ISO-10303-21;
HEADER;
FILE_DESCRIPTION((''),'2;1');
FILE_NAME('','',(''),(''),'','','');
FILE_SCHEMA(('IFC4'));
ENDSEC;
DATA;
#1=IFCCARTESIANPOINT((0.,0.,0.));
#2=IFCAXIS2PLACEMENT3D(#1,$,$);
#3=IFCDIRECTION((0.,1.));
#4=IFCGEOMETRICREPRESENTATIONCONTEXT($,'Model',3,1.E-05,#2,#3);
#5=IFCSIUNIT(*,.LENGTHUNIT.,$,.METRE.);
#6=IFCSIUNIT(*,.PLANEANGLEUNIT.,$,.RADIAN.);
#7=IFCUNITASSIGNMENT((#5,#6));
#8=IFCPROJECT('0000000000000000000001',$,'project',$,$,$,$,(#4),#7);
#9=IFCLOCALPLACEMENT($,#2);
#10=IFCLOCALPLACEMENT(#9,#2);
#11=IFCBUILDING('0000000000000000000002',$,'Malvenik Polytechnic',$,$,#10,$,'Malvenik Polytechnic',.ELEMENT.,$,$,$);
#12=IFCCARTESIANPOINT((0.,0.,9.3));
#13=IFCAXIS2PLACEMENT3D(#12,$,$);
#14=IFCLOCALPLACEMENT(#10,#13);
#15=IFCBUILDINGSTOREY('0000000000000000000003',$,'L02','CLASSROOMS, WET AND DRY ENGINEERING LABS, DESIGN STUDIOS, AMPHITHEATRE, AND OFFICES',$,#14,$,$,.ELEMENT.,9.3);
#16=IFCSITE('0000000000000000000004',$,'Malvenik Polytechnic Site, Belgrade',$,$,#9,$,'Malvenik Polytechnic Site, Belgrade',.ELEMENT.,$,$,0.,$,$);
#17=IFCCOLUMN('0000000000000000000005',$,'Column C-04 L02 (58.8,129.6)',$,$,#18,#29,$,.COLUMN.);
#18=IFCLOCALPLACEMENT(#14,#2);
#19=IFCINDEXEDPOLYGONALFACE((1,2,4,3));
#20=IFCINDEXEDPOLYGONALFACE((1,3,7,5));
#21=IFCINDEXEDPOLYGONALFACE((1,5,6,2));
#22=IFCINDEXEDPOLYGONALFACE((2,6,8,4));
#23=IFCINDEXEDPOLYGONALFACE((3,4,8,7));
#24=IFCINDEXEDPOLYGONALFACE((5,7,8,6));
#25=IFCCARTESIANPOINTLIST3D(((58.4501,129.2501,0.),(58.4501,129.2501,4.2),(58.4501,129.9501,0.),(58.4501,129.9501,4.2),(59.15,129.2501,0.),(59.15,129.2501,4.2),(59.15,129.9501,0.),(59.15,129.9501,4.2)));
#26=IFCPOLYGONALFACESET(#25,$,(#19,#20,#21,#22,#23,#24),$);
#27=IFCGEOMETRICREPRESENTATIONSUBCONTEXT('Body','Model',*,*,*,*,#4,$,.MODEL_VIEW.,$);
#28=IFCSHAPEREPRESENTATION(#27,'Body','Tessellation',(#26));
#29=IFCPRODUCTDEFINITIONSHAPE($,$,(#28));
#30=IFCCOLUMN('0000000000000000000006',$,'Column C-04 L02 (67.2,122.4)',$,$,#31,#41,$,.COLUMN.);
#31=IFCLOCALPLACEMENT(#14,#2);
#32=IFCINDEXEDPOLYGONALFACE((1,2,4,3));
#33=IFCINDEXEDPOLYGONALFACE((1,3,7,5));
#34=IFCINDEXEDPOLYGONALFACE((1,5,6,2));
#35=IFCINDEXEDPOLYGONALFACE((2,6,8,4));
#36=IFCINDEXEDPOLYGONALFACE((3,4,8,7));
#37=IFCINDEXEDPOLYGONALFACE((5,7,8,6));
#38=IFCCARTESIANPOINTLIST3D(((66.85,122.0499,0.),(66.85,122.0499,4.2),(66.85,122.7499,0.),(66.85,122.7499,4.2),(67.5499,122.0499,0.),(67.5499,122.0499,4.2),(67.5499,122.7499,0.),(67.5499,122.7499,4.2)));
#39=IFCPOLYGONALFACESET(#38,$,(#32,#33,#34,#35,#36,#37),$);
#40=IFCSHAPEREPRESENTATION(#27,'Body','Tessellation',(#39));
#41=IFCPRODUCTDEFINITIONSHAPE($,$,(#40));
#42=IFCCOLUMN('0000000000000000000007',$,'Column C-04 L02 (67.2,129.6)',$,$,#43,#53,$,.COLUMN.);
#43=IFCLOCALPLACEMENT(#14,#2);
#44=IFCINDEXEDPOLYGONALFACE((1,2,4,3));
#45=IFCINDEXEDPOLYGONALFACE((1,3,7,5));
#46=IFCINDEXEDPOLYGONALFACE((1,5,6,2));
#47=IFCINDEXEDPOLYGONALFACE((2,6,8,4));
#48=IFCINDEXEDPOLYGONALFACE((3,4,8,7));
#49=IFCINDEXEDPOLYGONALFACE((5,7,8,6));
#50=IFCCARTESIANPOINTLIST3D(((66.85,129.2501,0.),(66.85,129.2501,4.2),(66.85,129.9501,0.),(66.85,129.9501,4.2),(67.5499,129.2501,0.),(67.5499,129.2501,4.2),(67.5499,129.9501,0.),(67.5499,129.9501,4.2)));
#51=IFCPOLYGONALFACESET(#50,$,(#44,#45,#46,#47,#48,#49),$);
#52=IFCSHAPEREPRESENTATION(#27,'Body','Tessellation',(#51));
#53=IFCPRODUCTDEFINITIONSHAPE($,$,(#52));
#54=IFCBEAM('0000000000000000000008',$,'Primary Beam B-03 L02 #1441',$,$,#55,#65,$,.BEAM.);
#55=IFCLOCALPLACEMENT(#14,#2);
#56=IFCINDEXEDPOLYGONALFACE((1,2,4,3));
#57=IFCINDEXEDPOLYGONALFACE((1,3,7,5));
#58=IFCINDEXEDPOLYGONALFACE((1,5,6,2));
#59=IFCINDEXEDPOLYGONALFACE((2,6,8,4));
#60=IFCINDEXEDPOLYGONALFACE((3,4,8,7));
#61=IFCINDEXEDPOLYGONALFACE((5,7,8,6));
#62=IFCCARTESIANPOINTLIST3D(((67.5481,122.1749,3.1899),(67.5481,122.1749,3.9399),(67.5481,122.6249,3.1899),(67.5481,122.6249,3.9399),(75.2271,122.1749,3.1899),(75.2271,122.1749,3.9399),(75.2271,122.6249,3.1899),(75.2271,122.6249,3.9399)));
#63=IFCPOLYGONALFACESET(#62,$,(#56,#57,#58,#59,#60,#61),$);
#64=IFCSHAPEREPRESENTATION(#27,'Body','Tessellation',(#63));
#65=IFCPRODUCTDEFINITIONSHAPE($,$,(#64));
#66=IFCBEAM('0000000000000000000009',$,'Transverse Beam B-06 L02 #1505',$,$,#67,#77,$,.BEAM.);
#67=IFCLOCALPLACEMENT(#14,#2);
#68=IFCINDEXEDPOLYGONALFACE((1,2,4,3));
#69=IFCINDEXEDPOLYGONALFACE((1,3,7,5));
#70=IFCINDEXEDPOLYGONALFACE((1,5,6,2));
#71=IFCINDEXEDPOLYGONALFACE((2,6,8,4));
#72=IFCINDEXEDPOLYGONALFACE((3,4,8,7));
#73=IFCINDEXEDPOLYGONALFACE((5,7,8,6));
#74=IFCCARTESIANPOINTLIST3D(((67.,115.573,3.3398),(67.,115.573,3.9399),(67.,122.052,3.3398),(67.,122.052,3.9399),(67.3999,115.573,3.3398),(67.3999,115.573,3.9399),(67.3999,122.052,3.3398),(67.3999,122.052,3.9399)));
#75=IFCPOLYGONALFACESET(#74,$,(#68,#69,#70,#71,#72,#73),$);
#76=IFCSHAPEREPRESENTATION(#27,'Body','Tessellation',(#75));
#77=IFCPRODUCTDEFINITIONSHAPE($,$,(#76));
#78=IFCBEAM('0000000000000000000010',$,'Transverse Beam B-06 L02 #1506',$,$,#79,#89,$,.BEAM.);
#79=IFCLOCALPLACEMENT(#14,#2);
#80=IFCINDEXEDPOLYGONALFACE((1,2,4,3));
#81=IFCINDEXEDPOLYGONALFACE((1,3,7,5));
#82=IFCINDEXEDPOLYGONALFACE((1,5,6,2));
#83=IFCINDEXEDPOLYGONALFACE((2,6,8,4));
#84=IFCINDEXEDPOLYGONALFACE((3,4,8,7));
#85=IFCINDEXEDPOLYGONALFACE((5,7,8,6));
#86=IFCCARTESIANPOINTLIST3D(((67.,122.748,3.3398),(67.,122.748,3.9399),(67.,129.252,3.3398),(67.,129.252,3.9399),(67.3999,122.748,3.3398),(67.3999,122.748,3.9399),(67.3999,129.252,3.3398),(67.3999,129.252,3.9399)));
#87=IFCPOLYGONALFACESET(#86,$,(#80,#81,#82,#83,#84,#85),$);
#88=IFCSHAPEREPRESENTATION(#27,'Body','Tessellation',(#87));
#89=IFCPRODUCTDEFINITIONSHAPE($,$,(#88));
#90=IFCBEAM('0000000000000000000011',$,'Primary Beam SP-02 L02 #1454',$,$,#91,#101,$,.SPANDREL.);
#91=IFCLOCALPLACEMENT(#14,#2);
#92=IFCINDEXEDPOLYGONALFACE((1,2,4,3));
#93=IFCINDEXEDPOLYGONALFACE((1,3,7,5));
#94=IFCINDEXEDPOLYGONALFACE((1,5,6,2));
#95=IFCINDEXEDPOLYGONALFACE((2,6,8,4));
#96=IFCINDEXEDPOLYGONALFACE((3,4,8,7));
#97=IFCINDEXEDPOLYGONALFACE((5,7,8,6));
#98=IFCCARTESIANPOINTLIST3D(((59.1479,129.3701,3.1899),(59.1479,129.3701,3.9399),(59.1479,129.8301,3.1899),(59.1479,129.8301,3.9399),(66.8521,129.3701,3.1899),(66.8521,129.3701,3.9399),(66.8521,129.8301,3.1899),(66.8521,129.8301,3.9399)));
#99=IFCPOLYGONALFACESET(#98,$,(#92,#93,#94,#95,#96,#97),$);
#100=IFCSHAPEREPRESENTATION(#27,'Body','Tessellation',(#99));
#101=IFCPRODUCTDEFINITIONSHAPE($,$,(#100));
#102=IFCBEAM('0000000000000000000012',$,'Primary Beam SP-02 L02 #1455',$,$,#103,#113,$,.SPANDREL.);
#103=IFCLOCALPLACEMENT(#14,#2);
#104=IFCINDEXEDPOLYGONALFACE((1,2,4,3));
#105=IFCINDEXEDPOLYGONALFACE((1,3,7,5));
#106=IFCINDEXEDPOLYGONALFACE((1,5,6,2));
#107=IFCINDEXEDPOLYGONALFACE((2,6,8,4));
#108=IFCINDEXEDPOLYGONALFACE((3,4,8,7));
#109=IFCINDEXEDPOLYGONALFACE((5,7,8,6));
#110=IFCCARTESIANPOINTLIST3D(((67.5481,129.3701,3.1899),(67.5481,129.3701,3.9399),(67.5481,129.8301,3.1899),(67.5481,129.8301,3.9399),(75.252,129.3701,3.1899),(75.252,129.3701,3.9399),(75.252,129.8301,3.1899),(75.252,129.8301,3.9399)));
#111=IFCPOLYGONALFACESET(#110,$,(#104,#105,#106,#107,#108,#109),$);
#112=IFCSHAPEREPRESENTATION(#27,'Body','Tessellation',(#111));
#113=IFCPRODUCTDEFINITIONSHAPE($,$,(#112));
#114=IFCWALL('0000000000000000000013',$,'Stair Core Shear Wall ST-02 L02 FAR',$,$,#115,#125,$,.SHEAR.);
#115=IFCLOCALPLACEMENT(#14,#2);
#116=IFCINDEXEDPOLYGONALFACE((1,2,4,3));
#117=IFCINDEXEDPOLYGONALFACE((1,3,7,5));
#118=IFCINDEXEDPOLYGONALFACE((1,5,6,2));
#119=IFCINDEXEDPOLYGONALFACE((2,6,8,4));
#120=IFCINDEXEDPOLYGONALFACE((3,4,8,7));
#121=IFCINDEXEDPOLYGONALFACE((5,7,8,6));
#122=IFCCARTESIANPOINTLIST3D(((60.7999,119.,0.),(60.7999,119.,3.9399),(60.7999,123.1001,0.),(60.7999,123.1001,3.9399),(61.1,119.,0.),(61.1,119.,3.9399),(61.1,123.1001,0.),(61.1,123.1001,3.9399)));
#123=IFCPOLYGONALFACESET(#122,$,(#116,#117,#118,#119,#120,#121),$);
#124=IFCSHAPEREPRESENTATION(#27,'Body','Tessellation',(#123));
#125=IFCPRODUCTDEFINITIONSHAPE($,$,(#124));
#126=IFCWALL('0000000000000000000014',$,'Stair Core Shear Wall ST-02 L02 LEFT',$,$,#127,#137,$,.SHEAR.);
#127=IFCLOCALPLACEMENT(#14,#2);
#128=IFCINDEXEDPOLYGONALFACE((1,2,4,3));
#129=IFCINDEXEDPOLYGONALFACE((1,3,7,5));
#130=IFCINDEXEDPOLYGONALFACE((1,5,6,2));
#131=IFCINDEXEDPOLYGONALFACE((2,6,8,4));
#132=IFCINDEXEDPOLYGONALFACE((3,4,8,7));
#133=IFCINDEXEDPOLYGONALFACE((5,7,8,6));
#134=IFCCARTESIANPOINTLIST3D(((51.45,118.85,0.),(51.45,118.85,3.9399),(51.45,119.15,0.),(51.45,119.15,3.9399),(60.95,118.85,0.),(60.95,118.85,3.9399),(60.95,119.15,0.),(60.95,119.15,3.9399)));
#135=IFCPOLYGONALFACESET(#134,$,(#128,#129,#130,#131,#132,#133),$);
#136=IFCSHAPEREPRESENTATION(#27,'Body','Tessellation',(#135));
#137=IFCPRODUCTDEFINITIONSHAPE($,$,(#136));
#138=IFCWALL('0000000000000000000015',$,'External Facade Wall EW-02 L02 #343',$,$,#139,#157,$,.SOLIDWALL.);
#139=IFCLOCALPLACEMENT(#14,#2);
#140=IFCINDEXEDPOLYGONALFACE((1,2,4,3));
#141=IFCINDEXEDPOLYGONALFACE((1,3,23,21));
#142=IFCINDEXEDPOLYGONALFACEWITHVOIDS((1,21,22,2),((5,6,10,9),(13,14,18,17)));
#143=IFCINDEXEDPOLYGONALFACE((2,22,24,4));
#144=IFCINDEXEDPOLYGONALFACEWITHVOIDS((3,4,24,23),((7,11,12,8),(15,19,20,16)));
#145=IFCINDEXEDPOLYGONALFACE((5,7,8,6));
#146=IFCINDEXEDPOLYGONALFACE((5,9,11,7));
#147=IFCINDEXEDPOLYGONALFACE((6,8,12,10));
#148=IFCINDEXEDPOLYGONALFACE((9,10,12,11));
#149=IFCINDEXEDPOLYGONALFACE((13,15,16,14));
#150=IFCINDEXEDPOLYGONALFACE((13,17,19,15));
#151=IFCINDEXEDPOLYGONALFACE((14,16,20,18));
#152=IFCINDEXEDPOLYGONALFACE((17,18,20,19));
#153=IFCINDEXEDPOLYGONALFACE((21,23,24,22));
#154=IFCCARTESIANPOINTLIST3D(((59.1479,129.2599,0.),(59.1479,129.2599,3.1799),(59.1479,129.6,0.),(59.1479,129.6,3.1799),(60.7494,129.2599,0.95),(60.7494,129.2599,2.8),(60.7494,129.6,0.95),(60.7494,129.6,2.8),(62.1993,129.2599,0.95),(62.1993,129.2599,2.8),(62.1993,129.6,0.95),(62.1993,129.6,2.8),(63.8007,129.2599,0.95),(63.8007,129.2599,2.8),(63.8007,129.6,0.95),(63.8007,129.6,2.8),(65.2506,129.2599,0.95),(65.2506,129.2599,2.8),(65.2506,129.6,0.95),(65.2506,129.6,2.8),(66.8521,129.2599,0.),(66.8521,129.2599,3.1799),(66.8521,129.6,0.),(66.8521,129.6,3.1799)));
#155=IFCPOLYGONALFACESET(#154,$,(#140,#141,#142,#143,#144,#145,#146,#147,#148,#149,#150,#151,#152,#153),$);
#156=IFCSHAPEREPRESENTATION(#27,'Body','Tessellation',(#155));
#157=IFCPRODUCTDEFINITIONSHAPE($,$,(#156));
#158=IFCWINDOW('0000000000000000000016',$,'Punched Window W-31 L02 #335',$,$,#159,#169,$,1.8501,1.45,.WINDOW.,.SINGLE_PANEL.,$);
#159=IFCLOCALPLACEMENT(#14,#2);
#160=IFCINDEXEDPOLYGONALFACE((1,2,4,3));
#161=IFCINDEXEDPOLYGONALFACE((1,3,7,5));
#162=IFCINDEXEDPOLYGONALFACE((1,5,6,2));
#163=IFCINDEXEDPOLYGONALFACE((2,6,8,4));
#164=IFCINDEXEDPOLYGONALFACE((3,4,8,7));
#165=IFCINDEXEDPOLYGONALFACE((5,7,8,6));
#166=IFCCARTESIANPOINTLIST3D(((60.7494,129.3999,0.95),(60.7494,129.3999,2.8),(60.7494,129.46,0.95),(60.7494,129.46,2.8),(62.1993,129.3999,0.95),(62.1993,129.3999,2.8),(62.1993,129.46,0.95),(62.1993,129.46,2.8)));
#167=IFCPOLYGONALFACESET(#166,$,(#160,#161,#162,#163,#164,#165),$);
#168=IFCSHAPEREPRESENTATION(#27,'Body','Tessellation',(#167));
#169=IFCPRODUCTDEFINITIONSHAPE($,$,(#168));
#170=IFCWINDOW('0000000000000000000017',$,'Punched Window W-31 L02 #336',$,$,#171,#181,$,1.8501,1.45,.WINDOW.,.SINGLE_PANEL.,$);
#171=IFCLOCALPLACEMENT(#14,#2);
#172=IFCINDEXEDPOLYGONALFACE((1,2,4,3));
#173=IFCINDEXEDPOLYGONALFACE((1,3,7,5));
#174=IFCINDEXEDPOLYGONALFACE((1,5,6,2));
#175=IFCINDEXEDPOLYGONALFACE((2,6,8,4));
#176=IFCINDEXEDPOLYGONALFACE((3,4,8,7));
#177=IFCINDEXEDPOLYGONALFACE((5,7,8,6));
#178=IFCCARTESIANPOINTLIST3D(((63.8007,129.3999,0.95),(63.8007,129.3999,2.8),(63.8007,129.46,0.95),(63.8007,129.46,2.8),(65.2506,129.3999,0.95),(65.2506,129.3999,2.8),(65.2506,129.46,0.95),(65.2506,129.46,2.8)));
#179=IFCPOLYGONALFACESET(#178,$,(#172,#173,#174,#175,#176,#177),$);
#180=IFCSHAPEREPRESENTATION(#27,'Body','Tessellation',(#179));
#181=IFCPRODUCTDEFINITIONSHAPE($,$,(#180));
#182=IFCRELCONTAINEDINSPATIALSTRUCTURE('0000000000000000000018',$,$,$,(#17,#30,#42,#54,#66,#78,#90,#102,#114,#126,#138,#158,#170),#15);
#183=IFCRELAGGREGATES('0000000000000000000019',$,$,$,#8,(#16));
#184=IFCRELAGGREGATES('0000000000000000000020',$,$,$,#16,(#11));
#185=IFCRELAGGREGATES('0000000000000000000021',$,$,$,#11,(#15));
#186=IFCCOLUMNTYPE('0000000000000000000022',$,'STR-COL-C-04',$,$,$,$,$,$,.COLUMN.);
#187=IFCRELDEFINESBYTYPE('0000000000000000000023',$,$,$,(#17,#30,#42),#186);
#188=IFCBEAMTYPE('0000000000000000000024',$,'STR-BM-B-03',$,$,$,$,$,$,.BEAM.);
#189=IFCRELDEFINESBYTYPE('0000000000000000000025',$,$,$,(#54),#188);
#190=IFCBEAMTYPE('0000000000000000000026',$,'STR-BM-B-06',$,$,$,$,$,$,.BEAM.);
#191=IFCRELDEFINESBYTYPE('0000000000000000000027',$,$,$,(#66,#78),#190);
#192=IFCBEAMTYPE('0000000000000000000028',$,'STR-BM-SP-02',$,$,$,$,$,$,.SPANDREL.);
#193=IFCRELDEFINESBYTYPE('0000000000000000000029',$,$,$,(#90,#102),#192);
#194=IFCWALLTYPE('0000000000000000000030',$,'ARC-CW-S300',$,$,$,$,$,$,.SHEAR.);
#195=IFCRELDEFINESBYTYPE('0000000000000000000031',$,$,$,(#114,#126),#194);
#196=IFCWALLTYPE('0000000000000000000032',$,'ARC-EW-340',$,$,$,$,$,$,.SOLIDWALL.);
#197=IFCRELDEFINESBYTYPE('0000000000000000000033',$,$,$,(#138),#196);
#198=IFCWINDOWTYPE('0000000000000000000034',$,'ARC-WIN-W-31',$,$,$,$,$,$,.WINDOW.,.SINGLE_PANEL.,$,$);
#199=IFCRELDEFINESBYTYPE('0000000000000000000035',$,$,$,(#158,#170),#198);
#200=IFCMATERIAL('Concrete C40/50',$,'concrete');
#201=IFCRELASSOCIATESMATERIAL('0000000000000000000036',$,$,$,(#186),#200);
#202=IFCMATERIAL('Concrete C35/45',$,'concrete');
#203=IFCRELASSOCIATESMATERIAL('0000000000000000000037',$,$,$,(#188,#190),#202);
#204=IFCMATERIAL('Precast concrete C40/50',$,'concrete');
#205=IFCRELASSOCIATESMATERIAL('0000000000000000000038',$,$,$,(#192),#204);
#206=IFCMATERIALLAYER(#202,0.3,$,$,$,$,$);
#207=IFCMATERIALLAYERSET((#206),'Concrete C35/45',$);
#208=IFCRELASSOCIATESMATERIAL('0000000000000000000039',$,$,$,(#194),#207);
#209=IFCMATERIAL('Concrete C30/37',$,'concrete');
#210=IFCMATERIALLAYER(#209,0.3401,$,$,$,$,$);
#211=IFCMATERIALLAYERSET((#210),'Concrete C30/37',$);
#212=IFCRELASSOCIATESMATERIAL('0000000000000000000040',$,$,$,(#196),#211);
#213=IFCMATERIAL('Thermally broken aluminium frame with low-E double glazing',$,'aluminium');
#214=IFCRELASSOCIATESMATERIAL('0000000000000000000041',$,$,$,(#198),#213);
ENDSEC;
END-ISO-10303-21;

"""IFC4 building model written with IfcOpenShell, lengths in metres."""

from ifc_helpers import new_model, si_unit, direction, frame, frame_2d, origin, origin_2d, place, context, subcontext, project, spatial, rectangle, extrude, material, layer, layer_set, material_profile, profile_set, type_object, element, fill, save


model = new_model("IFC4")

# Units and contexts
model_context = context("Model", 3, precision=1e-05, world=origin(), true_north=direction((0.0, 1.0)))
body_context = subcontext(model_context, "Body", "Model", "MODEL_VIEW")
ifc_project = project(units=[si_unit("LENGTHUNIT", "METRE"), si_unit("PLANEANGLEUNIT", "RADIAN")], contexts=[model_context])

# Site, building, storey
site_placement = place(None, origin())
site = spatial("IfcSite", under=ifc_project, at=site_placement, Name="Malvenik Polytechnic Site, Belgrade", LongName="Malvenik Polytechnic Site, Belgrade", CompositionType="ELEMENT", RefElevation=0.0)
building_placement = place(site_placement, origin())
building = spatial("IfcBuilding", under=site, at=building_placement, Name="Malvenik Polytechnic", LongName="Malvenik Polytechnic", CompositionType="ELEMENT")
storey_placement = place(building_placement, frame((0.0, 0.0, 9.3)))
storey = spatial("IfcBuildingStorey", under=building, at=storey_placement, Name="L02", Description="CLASSROOMS, WET AND DRY ENGINEERING LABS, DESIGN STUDIOS, AMPHITHEATRE, AND OFFICES", CompositionType="ELEMENT", Elevation=9.3)

# Columns
ifc_material_1 = material(Name="Concrete C40/50", Category="concrete")
ifc_material_profile_1 = material_profile(ifc_material_1, rectangle(XDim=0.7, YDim=0.7, at=origin_2d()), Name="RC COL 700x700")
ifc_profile_set_1 = profile_set([ifc_material_profile_1], Name="Concrete C40/50")
column_type = type_object("IfcColumnType", Name="STR-COL-C-04", PredefinedType="COLUMN", material=ifc_profile_set_1)
for number, where, z_axis, x_axis, name in (
    (1, (58.8, 129.6001, 0.0), (0.0, 0.0, 1.0), (1.0, 0.0, 0.0), "Column C-04 L02 (58.8,129.6)"),
    (2, (67.2, 122.3999, 0.0), (0.0, 0.0, 1.0), (1.0, 0.0, 0.0), "Column C-04 L02 (67.2,122.4)"),
    (3, (67.2, 129.6001, 0.0), (0.0, 0.0, 1.0), (1.0, 0.0, 0.0), "Column C-04 L02 (67.2,129.6)"),
):
    element("IfcColumn", number, at=place(storey_placement, frame(where, z_axis=z_axis, x_axis=x_axis)), inside=storey, type_object=column_type, Name=name, PredefinedType="COLUMN", context=body_context, shape_type="SweptSolid", body=[
        extrude(rectangle(XDim=0.7, YDim=0.7, at=origin_2d()), origin(), (0.0, 0.0, 1.0), 4.2),
    ])

# Beams
ifc_material_2 = material(Name="Concrete C35/45", Category="concrete")
ifc_material_profile_2 = material_profile(ifc_material_2, rectangle(XDim=0.45, YDim=0.75, at=origin_2d()), Name="RC BM 450x750")
ifc_profile_set_2 = profile_set([ifc_material_profile_2], Name="Concrete C35/45")
beam_type_1 = type_object("IfcBeamType", Name="STR-BM-B-03", PredefinedType="BEAM", material=ifc_profile_set_2)
beam_1_placement = place(storey_placement, frame((67.5481, 122.3999, 3.5649), z_axis=(1.0, 0.0, 0.0), x_axis=(0.0, 1.0, 0.0)))
element("IfcBeam", 4, at=beam_1_placement, inside=storey, type_object=beam_type_1, Name="Primary Beam B-03 L02 #1441", PredefinedType="BEAM", context=body_context, shape_type="SweptSolid", body=[
    extrude(rectangle(XDim=0.45, YDim=0.75, at=origin_2d()), origin(), (0.0, 0.0, 1.0), 7.679),
])
ifc_material_profile_3 = material_profile(ifc_material_2, rectangle(XDim=0.3999, YDim=0.6001, at=origin_2d()), Name="RC BM 400x600")
ifc_profile_set_3 = profile_set([ifc_material_profile_3], Name="Concrete C35/45")
beam_type_2 = type_object("IfcBeamType", Name="STR-BM-B-06", PredefinedType="BEAM", material=ifc_profile_set_3)
beam_2_placement = place(storey_placement, frame((67.2, 115.573, 3.6399), z_axis=(0.0, 1.0, 0.0), x_axis=(-1.0, 0.0, 0.0)))
element("IfcBeam", 5, at=beam_2_placement, inside=storey, type_object=beam_type_2, Name="Transverse Beam B-06 L02 #1505", PredefinedType="BEAM", context=body_context, shape_type="SweptSolid", body=[
    extrude(rectangle(XDim=0.3999, YDim=0.6001, at=origin_2d()), origin(), (0.0, 0.0, 1.0), 6.479),
])
beam_3_placement = place(storey_placement, frame((67.2, 122.748, 3.6399), z_axis=(0.0, 1.0, 0.0), x_axis=(-1.0, 0.0, 0.0)))
element("IfcBeam", 6, at=beam_3_placement, inside=storey, type_object=beam_type_2, Name="Transverse Beam B-06 L02 #1506", PredefinedType="BEAM", context=body_context, shape_type="SweptSolid", body=[
    extrude(rectangle(XDim=0.3999, YDim=0.6001, at=origin_2d()), origin(), (0.0, 0.0, 1.0), 6.5039),
])
ifc_material_3 = material(Name="Precast concrete C40/50", Category="concrete")
ifc_material_profile_4 = material_profile(ifc_material_3, rectangle(XDim=0.46, YDim=0.75, at=origin_2d()), Name="PC SPN 460x750")
ifc_profile_set_4 = profile_set([ifc_material_profile_4], Name="Precast concrete C40/50")
beam_type_3 = type_object("IfcBeamType", Name="STR-BM-SP-02", PredefinedType="SPANDREL", material=ifc_profile_set_4)
beam_4_placement = place(storey_placement, frame((59.1479, 129.6001, 3.5649), z_axis=(1.0, 0.0, 0.0), x_axis=(0.0, 1.0, 0.0)))
element("IfcBeam", 7, at=beam_4_placement, inside=storey, type_object=beam_type_3, Name="Primary Beam SP-02 L02 #1454", PredefinedType="SPANDREL", context=body_context, shape_type="SweptSolid", body=[
    extrude(rectangle(XDim=0.46, YDim=0.75, at=origin_2d()), origin(), (0.0, 0.0, 1.0), 7.7041),
])
beam_5_placement = place(storey_placement, frame((67.5481, 129.6001, 3.5649), z_axis=(1.0, 0.0, 0.0), x_axis=(0.0, 1.0, 0.0)))
element("IfcBeam", 8, at=beam_5_placement, inside=storey, type_object=beam_type_3, Name="Primary Beam SP-02 L02 #1455", PredefinedType="SPANDREL", context=body_context, shape_type="SweptSolid", body=[
    extrude(rectangle(XDim=0.46, YDim=0.75, at=origin_2d()), origin(), (0.0, 0.0, 1.0), 7.7039),
])

# Walls
ifc_layer_1 = layer(ifc_material_2, 0.3)
ifc_layer_set_1 = layer_set([ifc_layer_1], Name="Concrete C35/45")
wall_type_1 = type_object("IfcWallType", Name="ARC-CW-S300", PredefinedType="SHEAR", material=ifc_layer_set_1)
wall_1_placement = place(storey_placement, frame((60.95, 123.1001, 0.0), z_axis=(0.0, 0.0, 1.0), x_axis=(0.0, -1.0, 0.0)))
element("IfcWall", 9, at=wall_1_placement, inside=storey, type_object=wall_type_1, Name="Stair Core Shear Wall ST-02 L02 FAR", PredefinedType="SHEAR", context=body_context, shape_type="SweptSolid", body=[
    extrude(rectangle(XDim=4.1001, YDim=0.3, at=frame_2d((2.05, 0.0))), origin(), (0.0, 0.0, 1.0), 3.9399),
])
wall_2_placement = place(storey_placement, frame((60.95, 119.0, 0.0), z_axis=(0.0, 0.0, 1.0), x_axis=(-1.0, 0.0, 0.0)))
element("IfcWall", 10, at=wall_2_placement, inside=storey, type_object=wall_type_1, Name="Stair Core Shear Wall ST-02 L02 LEFT", PredefinedType="SHEAR", context=body_context, shape_type="SweptSolid", body=[
    extrude(rectangle(XDim=9.5, YDim=0.3, at=frame_2d((4.75, 0.0))), origin(), (0.0, 0.0, 1.0), 3.9399),
])

# Wall, openings, windows
ifc_material_4 = material(Name="Concrete C30/37", Category="concrete")
ifc_layer_2 = layer(ifc_material_4, 0.3401)
ifc_layer_set_2 = layer_set([ifc_layer_2], Name="Concrete C30/37")
wall_type_2 = type_object("IfcWallType", Name="ARC-EW-340", PredefinedType="SOLIDWALL", material=ifc_layer_set_2)
wall_3_placement = place(storey_placement, frame((59.1479, 129.4299, 0.0), z_axis=(0.0, 0.0, 1.0), x_axis=(1.0, 0.0, 0.0)))
wall_3 = element("IfcWall", 11, at=wall_3_placement, inside=storey, type_object=wall_type_2, Name="External Facade Wall EW-02 L02 #343", PredefinedType="SOLIDWALL", context=body_context, shape_type="SweptSolid", body=[
    extrude(rectangle(XDim=7.7041, YDim=0.3401, at=frame_2d((3.8521, 0.0))), origin(), (0.0, 0.0, 1.0), 3.1799),
])
opening_1_placement = place(wall_3_placement, frame((1.6013, 0.0, 0.95)))
opening_1 = element("IfcOpeningElement", 12, at=opening_1_placement, cuts=wall_3, PredefinedType="OPENING", context=body_context, shape_type="SweptSolid", body=[
    extrude(rectangle(XDim=1.45, YDim=1.8501, at=frame_2d((0.7251, 0.925))), frame((0.0, 0.1802, 0.0), z_axis=(0.0, -1.0, 0.0), x_axis=(1.0, 0.0, 0.0)), (0.0, 0.0, 1.0), 0.3601),
])
opening_2_placement = place(wall_3_placement, frame((4.6526, 0.0, 0.95)))
opening_2 = element("IfcOpeningElement", 13, at=opening_2_placement, cuts=wall_3, PredefinedType="OPENING", context=body_context, shape_type="SweptSolid", body=[
    extrude(rectangle(XDim=1.45, YDim=1.8501, at=frame_2d((0.7251, 0.925))), frame((0.0, 0.1802, 0.0), z_axis=(0.0, -1.0, 0.0), x_axis=(1.0, 0.0, 0.0)), (0.0, 0.0, 1.0), 0.3601),
])
ifc_material_5 = material(Name="Thermally broken aluminium frame with low-E double glazing", Category="aluminium")
window_type_1 = type_object("IfcWindowType", Name="ARC-WIN-W-31", PartitioningType="SINGLE_PANEL", PredefinedType="WINDOW", material=ifc_material_5)
window_1_placement = place(opening_1_placement, origin())
window_1 = element("IfcWindow", 14, at=window_1_placement, inside=storey, type_object=window_type_1, Name="Punched Window W-31 L02 #335", OverallHeight=1.8501, OverallWidth=1.45, PartitioningType="SINGLE_PANEL", PredefinedType="WINDOW", context=body_context, shape_type="SweptSolid", body=[
    extrude(rectangle(XDim=1.45, YDim=1.8501, at=frame_2d((0.7251, 0.925))), frame((0.0, 0.03, 0.0), z_axis=(0.0, -1.0, 0.0), x_axis=(1.0, 0.0, 0.0)), (0.0, 0.0, 1.0), 0.0601),
])
fill(opening_1, window_1)
window_2_placement = place(opening_2_placement, origin())
window_2 = element("IfcWindow", 15, at=window_2_placement, inside=storey, type_object=window_type_1, Name="Punched Window W-31 L02 #336", OverallHeight=1.8501, OverallWidth=1.45, PartitioningType="SINGLE_PANEL", PredefinedType="WINDOW", context=body_context, shape_type="SweptSolid", body=[
    extrude(rectangle(XDim=1.45, YDim=1.8501, at=frame_2d((0.7251, 0.925))), frame((0.0, 0.03, 0.0), z_axis=(0.0, -1.0, 0.0), x_axis=(1.0, 0.0, 0.0)), (0.0, 0.0, 1.0), 0.0601),
])
fill(opening_2, window_2)

save(model, "model.ifc")
